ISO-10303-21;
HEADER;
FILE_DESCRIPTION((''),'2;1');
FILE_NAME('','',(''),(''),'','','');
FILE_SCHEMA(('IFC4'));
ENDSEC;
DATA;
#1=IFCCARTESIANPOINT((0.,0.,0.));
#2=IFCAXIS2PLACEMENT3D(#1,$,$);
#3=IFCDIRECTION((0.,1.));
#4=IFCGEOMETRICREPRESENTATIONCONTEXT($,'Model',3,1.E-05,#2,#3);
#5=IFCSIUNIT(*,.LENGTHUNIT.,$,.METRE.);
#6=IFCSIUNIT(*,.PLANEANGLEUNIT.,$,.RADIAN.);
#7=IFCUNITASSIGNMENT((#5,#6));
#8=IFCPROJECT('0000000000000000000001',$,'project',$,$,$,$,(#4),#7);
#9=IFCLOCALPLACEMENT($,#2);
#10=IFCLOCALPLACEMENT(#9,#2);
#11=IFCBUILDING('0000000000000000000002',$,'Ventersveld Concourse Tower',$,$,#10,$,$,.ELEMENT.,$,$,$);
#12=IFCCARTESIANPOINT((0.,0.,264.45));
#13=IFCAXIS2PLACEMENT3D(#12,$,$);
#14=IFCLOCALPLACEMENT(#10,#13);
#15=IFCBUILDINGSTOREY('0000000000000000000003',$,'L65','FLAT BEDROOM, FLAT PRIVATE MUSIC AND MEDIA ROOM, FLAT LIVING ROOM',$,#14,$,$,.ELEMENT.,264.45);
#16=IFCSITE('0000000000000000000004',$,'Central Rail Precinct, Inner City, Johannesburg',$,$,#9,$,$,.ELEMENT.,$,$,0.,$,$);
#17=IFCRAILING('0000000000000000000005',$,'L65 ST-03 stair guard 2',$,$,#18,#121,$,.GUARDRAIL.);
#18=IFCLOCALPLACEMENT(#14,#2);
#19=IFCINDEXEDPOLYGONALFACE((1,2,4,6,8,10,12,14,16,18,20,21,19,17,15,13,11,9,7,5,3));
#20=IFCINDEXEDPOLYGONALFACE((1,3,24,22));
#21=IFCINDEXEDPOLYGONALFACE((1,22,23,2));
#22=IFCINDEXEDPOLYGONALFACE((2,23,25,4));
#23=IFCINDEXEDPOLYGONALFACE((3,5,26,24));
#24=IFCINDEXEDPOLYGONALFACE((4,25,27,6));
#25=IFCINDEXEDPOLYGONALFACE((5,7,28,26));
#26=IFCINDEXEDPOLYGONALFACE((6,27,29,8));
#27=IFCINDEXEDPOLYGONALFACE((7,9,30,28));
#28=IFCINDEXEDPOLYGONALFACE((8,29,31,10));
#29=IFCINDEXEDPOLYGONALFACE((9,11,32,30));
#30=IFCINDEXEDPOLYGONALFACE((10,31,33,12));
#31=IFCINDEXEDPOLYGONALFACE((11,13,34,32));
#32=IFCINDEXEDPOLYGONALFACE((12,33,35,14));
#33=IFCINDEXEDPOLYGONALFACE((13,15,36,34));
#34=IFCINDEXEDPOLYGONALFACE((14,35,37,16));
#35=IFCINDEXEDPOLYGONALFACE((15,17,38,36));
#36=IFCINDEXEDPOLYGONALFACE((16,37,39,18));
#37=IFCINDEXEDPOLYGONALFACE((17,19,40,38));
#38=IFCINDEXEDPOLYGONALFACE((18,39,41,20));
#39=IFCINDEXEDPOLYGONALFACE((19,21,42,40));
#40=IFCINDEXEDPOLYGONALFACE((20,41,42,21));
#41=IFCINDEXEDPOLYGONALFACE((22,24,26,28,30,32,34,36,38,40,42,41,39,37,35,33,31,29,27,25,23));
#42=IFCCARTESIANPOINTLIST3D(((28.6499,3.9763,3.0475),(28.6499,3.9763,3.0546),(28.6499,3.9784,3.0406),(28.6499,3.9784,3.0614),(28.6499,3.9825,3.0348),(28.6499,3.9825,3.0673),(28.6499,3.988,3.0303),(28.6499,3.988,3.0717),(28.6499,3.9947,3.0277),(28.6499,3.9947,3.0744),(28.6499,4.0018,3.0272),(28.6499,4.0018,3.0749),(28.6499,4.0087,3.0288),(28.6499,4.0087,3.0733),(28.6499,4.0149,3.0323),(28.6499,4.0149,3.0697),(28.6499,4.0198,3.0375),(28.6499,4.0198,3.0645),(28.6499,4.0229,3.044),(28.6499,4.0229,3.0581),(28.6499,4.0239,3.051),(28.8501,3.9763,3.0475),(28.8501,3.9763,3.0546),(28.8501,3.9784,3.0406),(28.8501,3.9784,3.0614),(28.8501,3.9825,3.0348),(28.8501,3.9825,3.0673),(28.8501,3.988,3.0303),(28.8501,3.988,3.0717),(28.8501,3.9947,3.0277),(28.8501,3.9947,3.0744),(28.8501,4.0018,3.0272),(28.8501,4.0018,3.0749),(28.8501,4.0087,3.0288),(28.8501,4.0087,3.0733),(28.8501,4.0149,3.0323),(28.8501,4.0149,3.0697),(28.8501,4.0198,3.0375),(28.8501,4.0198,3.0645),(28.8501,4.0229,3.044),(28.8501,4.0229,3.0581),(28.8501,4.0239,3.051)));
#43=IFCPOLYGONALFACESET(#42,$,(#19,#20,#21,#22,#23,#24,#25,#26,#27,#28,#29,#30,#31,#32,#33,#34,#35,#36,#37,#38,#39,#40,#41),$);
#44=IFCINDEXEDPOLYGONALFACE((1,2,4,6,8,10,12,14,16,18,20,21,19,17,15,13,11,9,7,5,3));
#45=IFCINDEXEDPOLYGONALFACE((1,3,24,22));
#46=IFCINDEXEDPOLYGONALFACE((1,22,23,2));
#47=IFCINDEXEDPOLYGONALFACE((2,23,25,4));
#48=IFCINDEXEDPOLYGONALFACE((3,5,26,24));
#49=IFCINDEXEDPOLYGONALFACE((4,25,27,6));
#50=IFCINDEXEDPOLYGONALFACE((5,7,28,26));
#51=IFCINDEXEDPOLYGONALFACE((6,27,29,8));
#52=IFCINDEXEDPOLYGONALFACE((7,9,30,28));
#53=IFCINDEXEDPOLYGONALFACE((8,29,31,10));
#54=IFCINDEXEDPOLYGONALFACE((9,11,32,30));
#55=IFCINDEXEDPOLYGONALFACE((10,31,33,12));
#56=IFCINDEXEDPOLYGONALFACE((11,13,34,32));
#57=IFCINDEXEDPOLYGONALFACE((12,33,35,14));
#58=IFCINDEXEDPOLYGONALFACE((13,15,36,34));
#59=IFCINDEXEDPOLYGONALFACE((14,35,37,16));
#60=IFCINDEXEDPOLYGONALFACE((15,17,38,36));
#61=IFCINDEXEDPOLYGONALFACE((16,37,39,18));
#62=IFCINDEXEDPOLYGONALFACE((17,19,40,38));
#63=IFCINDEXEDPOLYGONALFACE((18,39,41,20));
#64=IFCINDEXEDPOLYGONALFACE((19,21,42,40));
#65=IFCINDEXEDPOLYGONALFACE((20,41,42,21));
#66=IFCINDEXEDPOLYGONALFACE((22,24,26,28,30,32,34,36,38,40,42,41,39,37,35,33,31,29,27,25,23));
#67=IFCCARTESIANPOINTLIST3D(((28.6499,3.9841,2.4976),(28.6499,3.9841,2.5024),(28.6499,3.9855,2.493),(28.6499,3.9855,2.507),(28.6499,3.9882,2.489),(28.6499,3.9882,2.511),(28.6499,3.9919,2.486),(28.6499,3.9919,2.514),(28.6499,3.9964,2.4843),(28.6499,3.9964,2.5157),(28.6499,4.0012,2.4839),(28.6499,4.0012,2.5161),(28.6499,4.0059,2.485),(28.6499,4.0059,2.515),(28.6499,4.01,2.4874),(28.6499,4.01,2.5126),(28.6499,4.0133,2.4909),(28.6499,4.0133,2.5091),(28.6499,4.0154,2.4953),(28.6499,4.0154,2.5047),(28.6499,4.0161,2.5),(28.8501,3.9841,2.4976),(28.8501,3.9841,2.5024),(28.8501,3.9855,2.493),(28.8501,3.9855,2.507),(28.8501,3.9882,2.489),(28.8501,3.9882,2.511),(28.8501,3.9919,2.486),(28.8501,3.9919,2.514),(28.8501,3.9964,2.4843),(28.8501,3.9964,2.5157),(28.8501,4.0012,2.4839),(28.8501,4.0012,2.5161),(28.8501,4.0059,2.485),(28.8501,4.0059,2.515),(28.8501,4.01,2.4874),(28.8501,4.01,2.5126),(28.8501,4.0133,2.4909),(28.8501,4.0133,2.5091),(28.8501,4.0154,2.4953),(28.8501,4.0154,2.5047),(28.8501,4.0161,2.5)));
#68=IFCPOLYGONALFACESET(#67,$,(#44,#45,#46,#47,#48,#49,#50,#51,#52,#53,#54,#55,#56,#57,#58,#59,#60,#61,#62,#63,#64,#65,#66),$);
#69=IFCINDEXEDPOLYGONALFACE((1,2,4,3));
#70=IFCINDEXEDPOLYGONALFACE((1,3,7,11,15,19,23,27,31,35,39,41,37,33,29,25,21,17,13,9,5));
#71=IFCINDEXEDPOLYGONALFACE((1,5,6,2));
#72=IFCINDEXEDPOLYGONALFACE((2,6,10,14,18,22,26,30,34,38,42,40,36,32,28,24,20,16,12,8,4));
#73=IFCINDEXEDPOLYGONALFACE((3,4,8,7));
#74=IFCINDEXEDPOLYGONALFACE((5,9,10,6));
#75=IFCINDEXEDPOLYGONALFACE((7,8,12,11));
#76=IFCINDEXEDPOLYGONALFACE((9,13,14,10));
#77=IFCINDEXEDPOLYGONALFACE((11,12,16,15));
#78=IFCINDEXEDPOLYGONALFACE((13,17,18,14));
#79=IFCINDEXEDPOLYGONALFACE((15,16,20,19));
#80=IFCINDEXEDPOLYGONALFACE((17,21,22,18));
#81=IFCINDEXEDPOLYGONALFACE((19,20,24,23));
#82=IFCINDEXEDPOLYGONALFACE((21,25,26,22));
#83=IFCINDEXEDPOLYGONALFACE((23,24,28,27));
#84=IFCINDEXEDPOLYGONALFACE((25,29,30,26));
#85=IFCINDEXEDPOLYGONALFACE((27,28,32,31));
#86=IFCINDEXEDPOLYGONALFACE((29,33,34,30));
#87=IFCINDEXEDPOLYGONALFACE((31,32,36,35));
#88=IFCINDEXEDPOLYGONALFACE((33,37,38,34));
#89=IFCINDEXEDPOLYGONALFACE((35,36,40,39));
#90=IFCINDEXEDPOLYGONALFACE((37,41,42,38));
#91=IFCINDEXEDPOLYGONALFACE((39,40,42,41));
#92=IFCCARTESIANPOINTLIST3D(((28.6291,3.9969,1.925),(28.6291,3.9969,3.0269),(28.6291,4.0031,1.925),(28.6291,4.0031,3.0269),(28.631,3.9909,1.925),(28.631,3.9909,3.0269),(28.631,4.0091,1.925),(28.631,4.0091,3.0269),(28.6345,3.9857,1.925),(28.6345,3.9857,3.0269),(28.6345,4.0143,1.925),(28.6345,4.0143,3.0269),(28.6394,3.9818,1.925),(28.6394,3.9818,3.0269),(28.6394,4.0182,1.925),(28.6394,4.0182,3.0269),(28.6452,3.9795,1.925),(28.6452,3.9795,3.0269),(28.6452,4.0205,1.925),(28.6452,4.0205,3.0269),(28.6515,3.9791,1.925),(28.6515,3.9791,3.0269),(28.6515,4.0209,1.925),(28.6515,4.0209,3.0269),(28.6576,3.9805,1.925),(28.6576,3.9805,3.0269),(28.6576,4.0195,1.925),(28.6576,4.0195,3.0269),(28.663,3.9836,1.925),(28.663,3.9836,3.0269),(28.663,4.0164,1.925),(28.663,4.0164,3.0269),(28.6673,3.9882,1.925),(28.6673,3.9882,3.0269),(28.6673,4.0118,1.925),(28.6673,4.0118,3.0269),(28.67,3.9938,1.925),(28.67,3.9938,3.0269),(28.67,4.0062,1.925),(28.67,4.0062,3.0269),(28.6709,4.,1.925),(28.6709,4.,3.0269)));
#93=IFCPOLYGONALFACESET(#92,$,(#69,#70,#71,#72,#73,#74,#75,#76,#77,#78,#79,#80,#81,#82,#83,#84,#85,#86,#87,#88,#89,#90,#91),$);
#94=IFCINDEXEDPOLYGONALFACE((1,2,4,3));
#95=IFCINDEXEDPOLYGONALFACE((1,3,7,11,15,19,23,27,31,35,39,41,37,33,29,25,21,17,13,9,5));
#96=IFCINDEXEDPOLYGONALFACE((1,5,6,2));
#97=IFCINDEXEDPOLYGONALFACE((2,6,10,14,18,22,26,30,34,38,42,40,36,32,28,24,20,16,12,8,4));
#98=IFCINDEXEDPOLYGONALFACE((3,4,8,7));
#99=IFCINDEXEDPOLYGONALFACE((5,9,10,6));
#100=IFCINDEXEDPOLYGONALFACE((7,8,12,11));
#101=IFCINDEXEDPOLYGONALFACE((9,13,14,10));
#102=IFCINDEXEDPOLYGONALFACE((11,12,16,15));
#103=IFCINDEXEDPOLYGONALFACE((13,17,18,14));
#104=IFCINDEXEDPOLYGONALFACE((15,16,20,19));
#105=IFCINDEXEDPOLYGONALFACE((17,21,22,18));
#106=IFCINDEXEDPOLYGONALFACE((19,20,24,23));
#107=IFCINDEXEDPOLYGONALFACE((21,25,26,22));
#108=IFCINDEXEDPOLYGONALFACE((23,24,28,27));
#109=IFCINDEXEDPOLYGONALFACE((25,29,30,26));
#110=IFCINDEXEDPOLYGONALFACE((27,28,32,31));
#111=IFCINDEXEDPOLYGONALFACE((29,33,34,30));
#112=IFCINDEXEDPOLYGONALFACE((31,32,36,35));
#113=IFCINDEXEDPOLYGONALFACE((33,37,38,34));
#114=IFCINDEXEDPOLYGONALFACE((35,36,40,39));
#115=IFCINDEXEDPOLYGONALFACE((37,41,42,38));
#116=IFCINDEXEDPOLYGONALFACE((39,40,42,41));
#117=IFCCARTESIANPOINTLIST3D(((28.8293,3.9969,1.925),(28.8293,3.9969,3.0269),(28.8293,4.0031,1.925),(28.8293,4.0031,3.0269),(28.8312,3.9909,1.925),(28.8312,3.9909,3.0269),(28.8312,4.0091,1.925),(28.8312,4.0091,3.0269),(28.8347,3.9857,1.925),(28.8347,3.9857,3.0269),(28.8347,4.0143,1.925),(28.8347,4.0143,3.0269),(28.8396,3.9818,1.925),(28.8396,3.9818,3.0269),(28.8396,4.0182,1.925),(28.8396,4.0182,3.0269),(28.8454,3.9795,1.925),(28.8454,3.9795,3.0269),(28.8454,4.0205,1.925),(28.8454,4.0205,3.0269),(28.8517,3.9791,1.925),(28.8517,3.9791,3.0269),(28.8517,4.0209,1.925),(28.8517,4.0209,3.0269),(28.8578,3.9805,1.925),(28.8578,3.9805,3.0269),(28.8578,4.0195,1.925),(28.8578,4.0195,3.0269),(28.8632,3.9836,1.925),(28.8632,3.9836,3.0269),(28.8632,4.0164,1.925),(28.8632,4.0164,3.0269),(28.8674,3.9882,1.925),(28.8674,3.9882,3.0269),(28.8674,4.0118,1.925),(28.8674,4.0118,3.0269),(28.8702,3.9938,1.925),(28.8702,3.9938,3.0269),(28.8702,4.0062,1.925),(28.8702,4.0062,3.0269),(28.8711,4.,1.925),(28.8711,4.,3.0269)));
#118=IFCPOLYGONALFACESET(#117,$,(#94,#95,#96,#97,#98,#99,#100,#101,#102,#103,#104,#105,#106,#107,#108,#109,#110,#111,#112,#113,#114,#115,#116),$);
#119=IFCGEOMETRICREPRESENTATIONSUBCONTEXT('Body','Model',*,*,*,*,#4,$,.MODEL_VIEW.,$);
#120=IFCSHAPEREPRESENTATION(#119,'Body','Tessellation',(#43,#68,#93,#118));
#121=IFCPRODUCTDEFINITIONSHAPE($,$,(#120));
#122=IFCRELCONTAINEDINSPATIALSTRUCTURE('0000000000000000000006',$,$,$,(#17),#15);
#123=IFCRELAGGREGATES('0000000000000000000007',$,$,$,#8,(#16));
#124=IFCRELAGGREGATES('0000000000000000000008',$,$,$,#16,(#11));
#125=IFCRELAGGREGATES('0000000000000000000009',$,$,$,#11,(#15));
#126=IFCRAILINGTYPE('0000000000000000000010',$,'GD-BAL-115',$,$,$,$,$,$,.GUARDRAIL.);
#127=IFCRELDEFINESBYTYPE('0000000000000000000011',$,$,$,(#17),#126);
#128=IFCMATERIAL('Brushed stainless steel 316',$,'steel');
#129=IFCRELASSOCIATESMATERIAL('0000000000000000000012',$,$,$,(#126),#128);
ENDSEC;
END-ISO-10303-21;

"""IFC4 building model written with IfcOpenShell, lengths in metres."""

from ifc_helpers import new_model, si_unit, direction, frame, origin, origin_2d, place, context, subcontext, project, spatial, circle, extrude, material, type_object, element, save


model = new_model("IFC4")

# Units and contexts
model_context = context("Model", 3, precision=1e-05, world=origin(), true_north=direction((0.0, 1.0)))
body_context = subcontext(model_context, "Body", "Model", "MODEL_VIEW")
ifc_project = project(units=[si_unit("LENGTHUNIT", "METRE"), si_unit("PLANEANGLEUNIT", "RADIAN")], contexts=[model_context])

# Site, building, storey
site_placement = place(None, origin())
site = spatial("IfcSite", under=ifc_project, at=site_placement, Name="Central Rail Precinct, Inner City, Johannesburg", CompositionType="ELEMENT", RefElevation=0.0)
building_placement = place(site_placement, origin())
building = spatial("IfcBuilding", under=site, at=building_placement, Name="Ventersveld Concourse Tower", CompositionType="ELEMENT")
storey_placement = place(building_placement, frame((0.0, 0.0, 264.45)))
storey = spatial("IfcBuildingStorey", under=building, at=storey_placement, Name="L65", Description="FLAT BEDROOM, FLAT PRIVATE MUSIC AND MEDIA ROOM, FLAT LIVING ROOM", CompositionType="ELEMENT", Elevation=264.45)

# Shared definitions
ifc_material_1 = material(Name="Brushed stainless steel 316", Category="steel")

# Railing
railing_type_1 = type_object("IfcRailingType", Name="GD-BAL-115", PredefinedType="GUARDRAIL", material=ifc_material_1)
railing_1_placement = place(storey_placement, frame((28.6499, 4.0, 1.925)))
element("IfcRailing", 1, at=railing_1_placement, inside=storey, type_object=railing_type_1, Name="L65 ST-03 stair guard 2", PredefinedType="GUARDRAIL", context=body_context, shape_type="SweptSolid", body=[
    extrude(circle(Radius=0.0239, at=origin_2d()), frame((0.0, 0.0, 1.126), z_axis=(1.0, 0.0, 0.0), x_axis=(0.0, 1.0, 0.0)), (0.0, 0.0, 1.0), 0.2002),
    extrude(circle(Radius=0.0161, at=origin_2d()), frame((0.0, 0.0, 0.575), z_axis=(1.0, 0.0, 0.0), x_axis=(0.0, 1.0, 0.0)), (0.0, 0.0, 1.0), 0.2002),
    extrude(circle(Radius=0.021, at=origin_2d()), origin(), (0.0, 0.0, 1.0), 1.1018),
    extrude(circle(Radius=0.021, at=origin_2d()), frame((0.2002, 0.0, 0.0)), (0.0, 0.0, 1.0), 1.1018),
])

save(model, "model.ifc")
